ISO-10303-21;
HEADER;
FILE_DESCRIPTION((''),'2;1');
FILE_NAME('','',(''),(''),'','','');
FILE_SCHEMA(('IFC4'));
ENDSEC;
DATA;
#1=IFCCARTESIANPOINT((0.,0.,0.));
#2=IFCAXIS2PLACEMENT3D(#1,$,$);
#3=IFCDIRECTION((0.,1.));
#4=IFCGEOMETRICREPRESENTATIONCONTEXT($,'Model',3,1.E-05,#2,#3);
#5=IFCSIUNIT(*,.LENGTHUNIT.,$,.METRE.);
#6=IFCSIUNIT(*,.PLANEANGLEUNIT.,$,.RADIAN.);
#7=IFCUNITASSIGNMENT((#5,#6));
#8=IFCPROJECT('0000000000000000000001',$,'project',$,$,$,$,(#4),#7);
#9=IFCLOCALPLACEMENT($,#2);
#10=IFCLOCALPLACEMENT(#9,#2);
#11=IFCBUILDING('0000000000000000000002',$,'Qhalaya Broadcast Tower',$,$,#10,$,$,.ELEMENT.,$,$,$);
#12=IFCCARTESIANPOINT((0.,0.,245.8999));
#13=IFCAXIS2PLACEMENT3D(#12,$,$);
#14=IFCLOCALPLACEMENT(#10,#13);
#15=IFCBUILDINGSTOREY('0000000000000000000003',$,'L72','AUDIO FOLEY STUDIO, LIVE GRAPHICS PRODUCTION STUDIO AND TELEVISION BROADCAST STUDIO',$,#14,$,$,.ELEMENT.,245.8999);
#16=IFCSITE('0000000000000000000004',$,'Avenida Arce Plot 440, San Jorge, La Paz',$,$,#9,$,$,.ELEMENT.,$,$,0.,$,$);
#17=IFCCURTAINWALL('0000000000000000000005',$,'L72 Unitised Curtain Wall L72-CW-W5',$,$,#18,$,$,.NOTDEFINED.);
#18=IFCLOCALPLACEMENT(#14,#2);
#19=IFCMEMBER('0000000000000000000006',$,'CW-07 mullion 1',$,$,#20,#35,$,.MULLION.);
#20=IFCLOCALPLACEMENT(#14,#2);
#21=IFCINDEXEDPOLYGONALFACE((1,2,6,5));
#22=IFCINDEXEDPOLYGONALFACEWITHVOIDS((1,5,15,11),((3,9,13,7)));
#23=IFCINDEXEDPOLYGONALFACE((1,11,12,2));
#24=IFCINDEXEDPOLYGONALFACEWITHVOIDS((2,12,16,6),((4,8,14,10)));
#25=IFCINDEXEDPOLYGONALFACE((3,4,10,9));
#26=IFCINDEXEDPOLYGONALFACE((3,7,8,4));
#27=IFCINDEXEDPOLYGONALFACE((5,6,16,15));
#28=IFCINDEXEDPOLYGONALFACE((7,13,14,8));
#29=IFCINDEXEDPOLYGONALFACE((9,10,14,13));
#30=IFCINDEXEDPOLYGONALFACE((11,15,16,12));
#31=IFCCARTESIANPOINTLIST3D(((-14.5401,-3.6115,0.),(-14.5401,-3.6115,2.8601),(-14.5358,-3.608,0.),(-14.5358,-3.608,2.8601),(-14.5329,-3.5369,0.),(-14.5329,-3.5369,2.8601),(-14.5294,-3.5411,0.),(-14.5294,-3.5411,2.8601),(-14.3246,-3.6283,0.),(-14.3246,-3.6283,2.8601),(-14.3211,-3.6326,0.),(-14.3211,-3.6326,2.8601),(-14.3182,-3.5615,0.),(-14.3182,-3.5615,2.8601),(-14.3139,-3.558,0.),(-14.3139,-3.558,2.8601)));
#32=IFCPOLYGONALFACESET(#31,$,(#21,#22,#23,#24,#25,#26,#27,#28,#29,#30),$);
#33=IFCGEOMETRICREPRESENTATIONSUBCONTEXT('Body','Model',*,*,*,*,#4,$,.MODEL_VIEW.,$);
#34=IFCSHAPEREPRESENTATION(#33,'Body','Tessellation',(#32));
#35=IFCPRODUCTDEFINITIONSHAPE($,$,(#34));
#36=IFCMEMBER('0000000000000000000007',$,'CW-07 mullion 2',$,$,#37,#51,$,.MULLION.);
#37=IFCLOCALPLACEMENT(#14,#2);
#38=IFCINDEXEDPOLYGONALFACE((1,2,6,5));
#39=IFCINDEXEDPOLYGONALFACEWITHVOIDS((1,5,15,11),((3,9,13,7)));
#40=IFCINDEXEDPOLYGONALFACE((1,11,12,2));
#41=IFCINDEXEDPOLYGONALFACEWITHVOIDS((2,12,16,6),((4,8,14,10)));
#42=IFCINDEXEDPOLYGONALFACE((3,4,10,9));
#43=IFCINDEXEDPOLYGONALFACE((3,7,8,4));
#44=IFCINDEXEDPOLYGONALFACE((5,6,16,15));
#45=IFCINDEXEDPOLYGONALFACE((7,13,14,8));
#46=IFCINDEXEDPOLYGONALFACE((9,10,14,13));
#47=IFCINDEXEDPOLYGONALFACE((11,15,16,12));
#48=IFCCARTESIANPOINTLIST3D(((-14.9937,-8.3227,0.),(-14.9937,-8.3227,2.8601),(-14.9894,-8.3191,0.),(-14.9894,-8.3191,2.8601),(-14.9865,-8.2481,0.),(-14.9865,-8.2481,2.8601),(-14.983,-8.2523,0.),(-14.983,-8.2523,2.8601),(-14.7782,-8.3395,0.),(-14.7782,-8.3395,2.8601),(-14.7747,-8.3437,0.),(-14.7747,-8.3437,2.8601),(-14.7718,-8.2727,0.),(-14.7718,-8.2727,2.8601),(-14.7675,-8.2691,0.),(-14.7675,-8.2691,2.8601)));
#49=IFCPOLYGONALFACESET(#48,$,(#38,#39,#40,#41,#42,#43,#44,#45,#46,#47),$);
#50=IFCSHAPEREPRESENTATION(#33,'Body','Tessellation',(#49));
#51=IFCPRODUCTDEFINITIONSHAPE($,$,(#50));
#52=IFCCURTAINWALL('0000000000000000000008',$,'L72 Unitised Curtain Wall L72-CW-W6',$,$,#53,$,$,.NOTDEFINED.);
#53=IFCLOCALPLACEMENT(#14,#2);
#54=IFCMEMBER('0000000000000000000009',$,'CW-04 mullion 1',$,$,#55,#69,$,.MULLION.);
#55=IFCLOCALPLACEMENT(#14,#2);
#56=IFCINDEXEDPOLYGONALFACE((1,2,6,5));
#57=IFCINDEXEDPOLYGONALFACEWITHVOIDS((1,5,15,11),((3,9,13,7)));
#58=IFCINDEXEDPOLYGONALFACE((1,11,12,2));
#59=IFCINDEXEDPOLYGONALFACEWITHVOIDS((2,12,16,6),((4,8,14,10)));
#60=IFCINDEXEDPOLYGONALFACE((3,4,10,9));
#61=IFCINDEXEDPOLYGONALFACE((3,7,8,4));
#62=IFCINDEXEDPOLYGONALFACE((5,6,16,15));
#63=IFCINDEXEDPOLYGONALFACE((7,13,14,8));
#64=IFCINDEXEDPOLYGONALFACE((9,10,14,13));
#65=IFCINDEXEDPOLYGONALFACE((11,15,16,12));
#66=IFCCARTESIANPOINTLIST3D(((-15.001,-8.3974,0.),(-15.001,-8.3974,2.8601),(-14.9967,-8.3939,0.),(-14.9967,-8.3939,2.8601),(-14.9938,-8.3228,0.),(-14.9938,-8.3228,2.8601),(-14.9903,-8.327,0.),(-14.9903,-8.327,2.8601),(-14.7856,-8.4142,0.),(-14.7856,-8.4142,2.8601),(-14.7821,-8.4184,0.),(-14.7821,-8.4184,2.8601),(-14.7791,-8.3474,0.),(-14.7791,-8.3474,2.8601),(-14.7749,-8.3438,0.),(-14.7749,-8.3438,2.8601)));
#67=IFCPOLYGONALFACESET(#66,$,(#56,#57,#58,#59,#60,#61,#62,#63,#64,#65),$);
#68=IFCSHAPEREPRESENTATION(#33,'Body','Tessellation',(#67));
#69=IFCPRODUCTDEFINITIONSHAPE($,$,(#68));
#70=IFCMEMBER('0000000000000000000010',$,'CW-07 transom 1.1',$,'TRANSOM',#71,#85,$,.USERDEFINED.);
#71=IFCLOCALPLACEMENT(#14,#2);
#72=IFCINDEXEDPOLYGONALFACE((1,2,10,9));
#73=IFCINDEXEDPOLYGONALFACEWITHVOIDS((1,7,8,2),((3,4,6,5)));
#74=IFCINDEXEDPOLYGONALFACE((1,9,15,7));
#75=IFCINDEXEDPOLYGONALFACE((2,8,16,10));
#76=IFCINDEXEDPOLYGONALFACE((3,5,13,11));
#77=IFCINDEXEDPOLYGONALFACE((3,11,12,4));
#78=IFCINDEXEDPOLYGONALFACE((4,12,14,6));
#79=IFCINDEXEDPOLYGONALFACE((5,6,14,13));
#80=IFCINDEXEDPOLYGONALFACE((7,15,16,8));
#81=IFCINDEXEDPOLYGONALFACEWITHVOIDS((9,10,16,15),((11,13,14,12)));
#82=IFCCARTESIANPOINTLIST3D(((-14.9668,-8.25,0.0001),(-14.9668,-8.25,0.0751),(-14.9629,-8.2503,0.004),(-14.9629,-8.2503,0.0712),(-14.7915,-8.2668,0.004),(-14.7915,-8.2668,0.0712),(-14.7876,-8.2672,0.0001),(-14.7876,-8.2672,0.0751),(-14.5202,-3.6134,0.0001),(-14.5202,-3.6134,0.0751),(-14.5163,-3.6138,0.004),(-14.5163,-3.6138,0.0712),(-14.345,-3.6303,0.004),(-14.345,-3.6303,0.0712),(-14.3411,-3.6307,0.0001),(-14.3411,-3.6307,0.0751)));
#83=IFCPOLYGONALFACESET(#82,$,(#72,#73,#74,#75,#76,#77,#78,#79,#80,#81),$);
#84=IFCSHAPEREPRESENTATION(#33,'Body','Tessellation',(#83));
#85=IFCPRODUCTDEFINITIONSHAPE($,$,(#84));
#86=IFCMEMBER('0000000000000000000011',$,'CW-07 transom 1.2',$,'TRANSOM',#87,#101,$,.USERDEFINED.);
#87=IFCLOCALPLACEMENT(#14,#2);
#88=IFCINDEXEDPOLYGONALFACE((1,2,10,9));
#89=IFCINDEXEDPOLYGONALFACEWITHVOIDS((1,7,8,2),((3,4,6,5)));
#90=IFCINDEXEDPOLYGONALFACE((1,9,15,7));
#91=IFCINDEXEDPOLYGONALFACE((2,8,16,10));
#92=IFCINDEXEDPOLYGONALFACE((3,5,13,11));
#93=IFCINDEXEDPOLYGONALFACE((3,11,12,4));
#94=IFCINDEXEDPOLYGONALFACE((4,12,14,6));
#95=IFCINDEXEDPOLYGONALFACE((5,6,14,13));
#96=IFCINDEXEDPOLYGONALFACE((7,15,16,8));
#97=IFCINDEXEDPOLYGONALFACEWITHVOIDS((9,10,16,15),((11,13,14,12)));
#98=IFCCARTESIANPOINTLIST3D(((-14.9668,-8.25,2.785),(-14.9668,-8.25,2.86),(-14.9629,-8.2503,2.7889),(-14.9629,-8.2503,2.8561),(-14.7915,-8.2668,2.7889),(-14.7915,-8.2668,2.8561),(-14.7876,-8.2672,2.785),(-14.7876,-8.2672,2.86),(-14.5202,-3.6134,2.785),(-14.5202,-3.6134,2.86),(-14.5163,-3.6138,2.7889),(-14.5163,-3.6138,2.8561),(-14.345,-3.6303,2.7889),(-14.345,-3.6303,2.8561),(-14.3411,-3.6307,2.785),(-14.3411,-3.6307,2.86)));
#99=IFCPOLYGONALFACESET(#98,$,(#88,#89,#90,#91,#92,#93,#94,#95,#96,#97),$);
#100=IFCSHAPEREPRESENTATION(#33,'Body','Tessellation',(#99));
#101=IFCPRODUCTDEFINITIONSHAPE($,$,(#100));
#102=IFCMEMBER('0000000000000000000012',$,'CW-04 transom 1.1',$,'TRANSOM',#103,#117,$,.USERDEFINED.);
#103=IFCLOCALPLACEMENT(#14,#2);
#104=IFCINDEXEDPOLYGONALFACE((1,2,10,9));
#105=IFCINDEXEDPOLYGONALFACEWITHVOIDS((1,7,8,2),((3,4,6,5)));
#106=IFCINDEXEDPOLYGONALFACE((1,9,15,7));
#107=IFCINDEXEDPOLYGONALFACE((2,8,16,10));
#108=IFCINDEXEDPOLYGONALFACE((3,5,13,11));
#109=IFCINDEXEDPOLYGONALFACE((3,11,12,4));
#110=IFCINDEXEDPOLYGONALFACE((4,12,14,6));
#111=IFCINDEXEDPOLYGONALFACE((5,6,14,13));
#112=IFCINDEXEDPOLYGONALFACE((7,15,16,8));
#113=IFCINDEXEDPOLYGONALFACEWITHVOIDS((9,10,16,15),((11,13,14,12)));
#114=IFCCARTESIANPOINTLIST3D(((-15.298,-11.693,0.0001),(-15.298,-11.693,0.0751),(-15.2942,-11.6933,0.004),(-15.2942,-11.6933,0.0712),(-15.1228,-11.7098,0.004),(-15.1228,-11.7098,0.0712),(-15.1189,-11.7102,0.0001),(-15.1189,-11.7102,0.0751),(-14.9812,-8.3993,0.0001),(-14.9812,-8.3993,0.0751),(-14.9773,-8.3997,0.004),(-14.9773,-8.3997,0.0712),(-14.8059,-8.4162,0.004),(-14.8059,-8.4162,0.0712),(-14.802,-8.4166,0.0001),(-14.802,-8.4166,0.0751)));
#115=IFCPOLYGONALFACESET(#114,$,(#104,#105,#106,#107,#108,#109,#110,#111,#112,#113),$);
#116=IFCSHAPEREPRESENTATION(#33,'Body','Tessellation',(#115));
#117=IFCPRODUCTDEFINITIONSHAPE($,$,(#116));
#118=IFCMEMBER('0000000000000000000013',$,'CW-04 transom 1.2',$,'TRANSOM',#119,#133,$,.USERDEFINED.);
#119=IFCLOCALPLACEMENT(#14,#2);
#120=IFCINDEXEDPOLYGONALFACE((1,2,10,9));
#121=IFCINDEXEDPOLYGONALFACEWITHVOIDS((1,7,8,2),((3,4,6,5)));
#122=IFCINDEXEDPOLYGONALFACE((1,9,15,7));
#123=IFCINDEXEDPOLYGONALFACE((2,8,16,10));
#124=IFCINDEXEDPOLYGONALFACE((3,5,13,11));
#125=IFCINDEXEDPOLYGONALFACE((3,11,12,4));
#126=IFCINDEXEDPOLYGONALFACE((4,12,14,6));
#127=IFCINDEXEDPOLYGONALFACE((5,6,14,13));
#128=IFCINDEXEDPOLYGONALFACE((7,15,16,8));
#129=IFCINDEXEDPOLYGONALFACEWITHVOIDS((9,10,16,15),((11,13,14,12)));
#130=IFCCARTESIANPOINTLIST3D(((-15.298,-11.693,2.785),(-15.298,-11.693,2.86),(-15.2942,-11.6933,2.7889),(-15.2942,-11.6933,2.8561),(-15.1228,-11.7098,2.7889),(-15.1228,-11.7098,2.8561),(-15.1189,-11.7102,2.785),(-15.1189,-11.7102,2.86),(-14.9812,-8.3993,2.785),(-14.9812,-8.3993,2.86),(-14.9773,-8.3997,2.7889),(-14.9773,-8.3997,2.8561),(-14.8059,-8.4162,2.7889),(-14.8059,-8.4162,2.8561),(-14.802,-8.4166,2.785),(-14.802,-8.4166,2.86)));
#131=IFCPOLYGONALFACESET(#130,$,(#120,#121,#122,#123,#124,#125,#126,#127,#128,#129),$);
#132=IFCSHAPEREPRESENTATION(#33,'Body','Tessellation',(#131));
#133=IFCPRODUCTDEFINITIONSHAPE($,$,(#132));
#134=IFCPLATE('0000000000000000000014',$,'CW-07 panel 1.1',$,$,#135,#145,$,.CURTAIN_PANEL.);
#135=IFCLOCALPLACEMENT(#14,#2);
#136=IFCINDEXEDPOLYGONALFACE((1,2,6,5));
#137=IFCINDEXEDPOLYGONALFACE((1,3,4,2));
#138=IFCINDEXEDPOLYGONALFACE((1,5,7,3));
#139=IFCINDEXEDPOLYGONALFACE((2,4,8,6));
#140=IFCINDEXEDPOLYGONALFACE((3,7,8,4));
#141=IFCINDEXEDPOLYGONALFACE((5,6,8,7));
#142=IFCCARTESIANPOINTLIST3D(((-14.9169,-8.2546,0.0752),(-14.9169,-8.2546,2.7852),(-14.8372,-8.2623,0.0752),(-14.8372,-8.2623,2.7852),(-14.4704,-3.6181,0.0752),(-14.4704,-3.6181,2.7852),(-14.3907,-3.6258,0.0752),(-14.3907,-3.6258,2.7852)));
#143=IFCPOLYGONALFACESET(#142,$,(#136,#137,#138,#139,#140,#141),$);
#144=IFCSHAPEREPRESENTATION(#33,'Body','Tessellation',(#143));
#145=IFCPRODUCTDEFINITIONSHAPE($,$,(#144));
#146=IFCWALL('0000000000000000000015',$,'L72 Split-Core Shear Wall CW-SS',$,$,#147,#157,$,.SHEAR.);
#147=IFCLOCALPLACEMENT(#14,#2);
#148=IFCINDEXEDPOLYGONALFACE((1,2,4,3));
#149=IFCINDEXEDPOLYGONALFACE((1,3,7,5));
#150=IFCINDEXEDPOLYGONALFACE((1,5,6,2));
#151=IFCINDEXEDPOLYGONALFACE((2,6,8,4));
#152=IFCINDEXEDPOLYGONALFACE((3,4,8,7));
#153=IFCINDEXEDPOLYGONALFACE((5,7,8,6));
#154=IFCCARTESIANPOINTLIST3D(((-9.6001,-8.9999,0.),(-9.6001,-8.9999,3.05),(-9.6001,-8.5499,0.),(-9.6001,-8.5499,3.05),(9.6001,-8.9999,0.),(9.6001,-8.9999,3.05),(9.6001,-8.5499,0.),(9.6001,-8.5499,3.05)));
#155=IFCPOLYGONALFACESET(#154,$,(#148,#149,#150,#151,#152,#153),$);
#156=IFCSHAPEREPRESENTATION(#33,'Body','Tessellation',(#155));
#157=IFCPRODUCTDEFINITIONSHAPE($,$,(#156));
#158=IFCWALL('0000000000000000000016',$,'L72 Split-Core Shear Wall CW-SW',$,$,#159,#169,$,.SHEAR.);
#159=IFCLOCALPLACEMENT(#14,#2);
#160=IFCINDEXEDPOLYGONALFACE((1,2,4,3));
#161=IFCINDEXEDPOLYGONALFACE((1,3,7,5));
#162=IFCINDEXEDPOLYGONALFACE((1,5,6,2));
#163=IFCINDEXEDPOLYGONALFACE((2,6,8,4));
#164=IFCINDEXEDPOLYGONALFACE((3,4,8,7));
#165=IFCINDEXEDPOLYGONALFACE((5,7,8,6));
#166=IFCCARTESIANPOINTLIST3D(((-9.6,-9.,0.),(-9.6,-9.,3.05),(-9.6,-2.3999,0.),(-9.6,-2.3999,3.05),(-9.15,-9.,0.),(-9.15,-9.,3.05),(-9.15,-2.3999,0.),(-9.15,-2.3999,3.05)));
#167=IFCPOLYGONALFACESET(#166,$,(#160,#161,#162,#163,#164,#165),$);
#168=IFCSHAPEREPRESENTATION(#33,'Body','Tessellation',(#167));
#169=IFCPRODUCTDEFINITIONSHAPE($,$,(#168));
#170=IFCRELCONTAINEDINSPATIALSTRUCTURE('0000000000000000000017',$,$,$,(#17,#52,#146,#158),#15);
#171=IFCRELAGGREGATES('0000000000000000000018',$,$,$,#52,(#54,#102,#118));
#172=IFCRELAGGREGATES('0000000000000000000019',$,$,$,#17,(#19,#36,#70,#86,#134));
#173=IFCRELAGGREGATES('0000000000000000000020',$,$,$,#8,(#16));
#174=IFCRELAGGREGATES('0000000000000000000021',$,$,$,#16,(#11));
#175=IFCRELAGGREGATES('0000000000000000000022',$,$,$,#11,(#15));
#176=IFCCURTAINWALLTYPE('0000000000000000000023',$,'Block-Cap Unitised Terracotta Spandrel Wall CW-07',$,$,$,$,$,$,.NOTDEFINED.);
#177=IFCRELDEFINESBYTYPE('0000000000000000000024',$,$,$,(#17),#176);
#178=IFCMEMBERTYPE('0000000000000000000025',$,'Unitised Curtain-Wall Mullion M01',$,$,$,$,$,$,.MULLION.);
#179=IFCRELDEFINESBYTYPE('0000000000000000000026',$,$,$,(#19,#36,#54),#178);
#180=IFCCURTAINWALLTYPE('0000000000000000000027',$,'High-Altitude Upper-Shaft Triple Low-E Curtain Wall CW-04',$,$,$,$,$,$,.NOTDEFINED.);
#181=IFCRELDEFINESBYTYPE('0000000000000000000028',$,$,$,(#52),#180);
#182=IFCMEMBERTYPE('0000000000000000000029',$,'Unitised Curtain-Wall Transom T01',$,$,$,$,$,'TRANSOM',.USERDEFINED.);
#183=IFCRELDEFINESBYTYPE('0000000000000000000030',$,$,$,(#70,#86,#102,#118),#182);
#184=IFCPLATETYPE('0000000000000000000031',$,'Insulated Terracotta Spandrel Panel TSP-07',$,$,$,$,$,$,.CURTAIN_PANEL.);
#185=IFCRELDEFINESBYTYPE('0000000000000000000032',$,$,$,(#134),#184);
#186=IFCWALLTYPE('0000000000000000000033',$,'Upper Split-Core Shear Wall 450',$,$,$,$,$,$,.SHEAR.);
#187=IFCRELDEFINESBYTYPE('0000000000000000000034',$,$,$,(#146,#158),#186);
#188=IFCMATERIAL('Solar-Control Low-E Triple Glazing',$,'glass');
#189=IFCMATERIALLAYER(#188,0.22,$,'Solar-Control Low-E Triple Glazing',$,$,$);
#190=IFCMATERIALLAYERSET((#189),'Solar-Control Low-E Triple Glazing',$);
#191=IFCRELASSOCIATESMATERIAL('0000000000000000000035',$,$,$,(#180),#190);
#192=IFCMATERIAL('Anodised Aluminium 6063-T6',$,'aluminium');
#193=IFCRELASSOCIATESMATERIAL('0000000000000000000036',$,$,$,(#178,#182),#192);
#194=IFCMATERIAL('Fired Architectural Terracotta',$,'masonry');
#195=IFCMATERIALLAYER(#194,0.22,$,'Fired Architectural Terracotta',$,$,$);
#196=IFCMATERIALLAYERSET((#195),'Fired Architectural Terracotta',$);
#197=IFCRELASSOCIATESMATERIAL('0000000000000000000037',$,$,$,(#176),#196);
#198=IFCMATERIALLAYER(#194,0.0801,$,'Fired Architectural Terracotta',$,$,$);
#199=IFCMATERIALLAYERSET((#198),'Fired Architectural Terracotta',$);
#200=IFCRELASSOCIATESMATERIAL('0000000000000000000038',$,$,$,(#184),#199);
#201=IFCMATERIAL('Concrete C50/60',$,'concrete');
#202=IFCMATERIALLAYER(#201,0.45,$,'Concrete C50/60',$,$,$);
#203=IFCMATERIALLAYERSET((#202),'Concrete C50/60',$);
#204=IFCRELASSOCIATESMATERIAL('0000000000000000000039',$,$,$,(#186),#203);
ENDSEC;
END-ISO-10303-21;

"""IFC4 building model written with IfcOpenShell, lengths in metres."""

from ifc_helpers import new_model, si_unit, direction, frame, frame_2d, origin, origin_2d, place, context, subcontext, project, spatial, rectangle, hollow_rectangle, extrude, material, layer, layer_set, material_profile, profile_set, type_object, element, aggregate, save


model = new_model("IFC4")

# Units and contexts
model_context = context("Model", 3, precision=1e-05, world=origin(), true_north=direction((0.0, 1.0)))
body_context = subcontext(model_context, "Body", "Model", "MODEL_VIEW")
ifc_project = project(units=[si_unit("LENGTHUNIT", "METRE"), si_unit("PLANEANGLEUNIT", "RADIAN")], contexts=[model_context])

# Site, building, storey
site_placement = place(None, origin())
site = spatial("IfcSite", under=ifc_project, at=site_placement, Name="Avenida Arce Plot 440, San Jorge, La Paz", CompositionType="ELEMENT", RefElevation=0.0)
building_placement = place(site_placement, origin())
building = spatial("IfcBuilding", under=site, at=building_placement, Name="Qhalaya Broadcast Tower", CompositionType="ELEMENT")
storey_placement = place(building_placement, frame((0.0, 0.0, 245.8999)))
storey = spatial("IfcBuildingStorey", under=building, at=storey_placement, Name="L72", Description="AUDIO FOLEY STUDIO, LIVE GRAPHICS PRODUCTION STUDIO AND TELEVISION BROADCAST STUDIO", CompositionType="ELEMENT", Elevation=245.8999)

# Shared definitions
ifc_material_1 = material(Name="Solar-Control Low-E Triple Glazing", Category="glass")
ifc_layer_1 = layer(ifc_material_1, 0.22, Name="Solar-Control Low-E Triple Glazing")
ifc_layer_set_1 = layer_set([ifc_layer_1], Name="Solar-Control Low-E Triple Glazing")
curtain_wall_type_1 = type_object("IfcCurtainWallType", Name="High-Altitude Upper-Shaft Triple Low-E Curtain Wall CW-04", PredefinedType="NOTDEFINED", material=ifc_layer_set_1)
ifc_material_2 = material(Name="Anodised Aluminium 6063-T6", Category="aluminium")
ifc_material_profile_1 = material_profile(ifc_material_2, hollow_rectangle(XDim=0.075, YDim=0.22, WallThickness=0.0039, at=origin_2d()), Name="ALU-MUL 75x220x4")
ifc_profile_set_1 = profile_set([ifc_material_profile_1], Name="Anodised Aluminium 6063-T6")
member_type_1 = type_object("IfcMemberType", Name="Unitised Curtain-Wall Mullion M01", PredefinedType="MULLION", material=ifc_profile_set_1)

# Curtain wall, members
ifc_material_3 = material(Name="Fired Architectural Terracotta", Category="masonry")
ifc_layer_2 = layer(ifc_material_3, 0.22, Name="Fired Architectural Terracotta")
ifc_layer_set_2 = layer_set([ifc_layer_2], Name="Fired Architectural Terracotta")
curtain_wall_type_2 = type_object("IfcCurtainWallType", Name="Block-Cap Unitised Terracotta Spandrel Wall CW-07", PredefinedType="NOTDEFINED", material=ifc_layer_set_2)
curtain_wall_1_placement = place(storey_placement, origin())
curtain_wall_1 = element("IfcCurtainWall", 1, at=curtain_wall_1_placement, inside=storey, type_object=curtain_wall_type_2, Name="L72 Unitised Curtain Wall L72-CW-W5", PredefinedType="NOTDEFINED")
member_1_placement = place(storey_placement, frame((-14.427, -3.5847, 0.0), z_axis=(0.0, 0.0, 1.0), x_axis=(-0.09586, -0.995395, 0.0)))
member_1 = element("IfcMember", 2, at=member_1_placement, type_object=member_type_1, Name="CW-07 mullion 1", PredefinedType="MULLION", context=body_context, shape_type="SweptSolid", body=[
    extrude(hollow_rectangle(XDim=0.075, YDim=0.22, WallThickness=0.0039, at=origin_2d()), origin(), (0.0, 0.0, 1.0), 2.8601),
])
member_2_placement = place(storey_placement, frame((-14.8806, -8.2959, 0.0), z_axis=(0.0, 0.0, 1.0), x_axis=(-0.09586, -0.995395, 0.0)))
member_2 = element("IfcMember", 3, at=member_2_placement, type_object=member_type_1, Name="CW-07 mullion 2", PredefinedType="MULLION", context=body_context, shape_type="SweptSolid", body=[
    extrude(hollow_rectangle(XDim=0.075, YDim=0.22, WallThickness=0.0039, at=origin_2d()), origin(), (0.0, 0.0, 1.0), 2.8601),
])

# Curtain wall, member
curtain_wall_2_placement = place(storey_placement, origin())
curtain_wall_2 = element("IfcCurtainWall", 4, at=curtain_wall_2_placement, inside=storey, type_object=curtain_wall_type_1, Name="L72 Unitised Curtain Wall L72-CW-W6", PredefinedType="NOTDEFINED")
member_3_placement = place(storey_placement, frame((-14.8879, -8.3706, 0.0), z_axis=(0.0, 0.0, 1.0), x_axis=(-0.095839, -0.995397, 0.0)))
member_3 = element("IfcMember", 5, at=member_3_placement, type_object=member_type_1, Name="CW-04 mullion 1", PredefinedType="MULLION", context=body_context, shape_type="SweptSolid", body=[
    extrude(hollow_rectangle(XDim=0.075, YDim=0.22, WallThickness=0.0039, at=origin_2d()), origin(), (0.0, 0.0, 1.0), 2.8601),
])

# Members
ifc_material_profile_2 = material_profile(ifc_material_2, hollow_rectangle(XDim=0.075, YDim=0.1799, WallThickness=0.0039, at=origin_2d()), Name="ALU-TRN 75x180x4")
ifc_profile_set_2 = profile_set([ifc_material_profile_2], Name="Anodised Aluminium 6063-T6")
member_type_2 = type_object("IfcMemberType", Name="Unitised Curtain-Wall Transom T01", ElementType="TRANSOM", PredefinedType="USERDEFINED", material=ifc_profile_set_2)
member_4_placement = place(storey_placement, frame((-14.4307, -3.6221, 0.0376), z_axis=(-0.095865, -0.995394, 0.0), x_axis=(0.0, 0.0, 1.0)))
member_4 = element("IfcMember", 6, at=member_4_placement, type_object=member_type_2, Name="CW-07 transom 1.1", ObjectType="TRANSOM", PredefinedType="USERDEFINED", context=body_context, shape_type="SweptSolid", body=[
    extrude(hollow_rectangle(XDim=0.075, YDim=0.1799, WallThickness=0.0039, at=origin_2d()), origin(), (0.0, 0.0, 1.0), 4.658),
])
member_5_placement = place(storey_placement, frame((-14.4307, -3.6221, 2.8225), z_axis=(-0.095865, -0.995394, 0.0), x_axis=(0.0, 0.0, 1.0)))
member_5 = element("IfcMember", 7, at=member_5_placement, type_object=member_type_2, Name="CW-07 transom 1.2", ObjectType="TRANSOM", PredefinedType="USERDEFINED", context=body_context, shape_type="SweptSolid", body=[
    extrude(hollow_rectangle(XDim=0.075, YDim=0.1799, WallThickness=0.0039, at=origin_2d()), origin(), (0.0, 0.0, 1.0), 4.658),
])
member_6_placement = place(storey_placement, frame((-14.8916, -8.408, 0.0376), z_axis=(-0.09577, -0.995403, 0.0), x_axis=(0.0, 0.0, 1.0)))
member_6 = element("IfcMember", 8, at=member_6_placement, type_object=member_type_2, Name="CW-04 transom 1.1", ObjectType="TRANSOM", PredefinedType="USERDEFINED", context=body_context, shape_type="SweptSolid", body=[
    extrude(hollow_rectangle(XDim=0.075, YDim=0.1799, WallThickness=0.0039, at=origin_2d()), origin(), (0.0, 0.0, 1.0), 3.3088),
])
member_7_placement = place(storey_placement, frame((-14.8916, -8.408, 2.8225), z_axis=(-0.09577, -0.995403, 0.0), x_axis=(0.0, 0.0, 1.0)))
member_7 = element("IfcMember", 9, at=member_7_placement, type_object=member_type_2, Name="CW-04 transom 1.2", ObjectType="TRANSOM", PredefinedType="USERDEFINED", context=body_context, shape_type="SweptSolid", body=[
    extrude(hollow_rectangle(XDim=0.075, YDim=0.1799, WallThickness=0.0039, at=origin_2d()), origin(), (0.0, 0.0, 1.0), 3.3088),
])
aggregate(curtain_wall_2, [member_3, member_6, member_7])

# Plate
ifc_layer_3 = layer(ifc_material_3, 0.0801, Name="Fired Architectural Terracotta")
ifc_layer_set_3 = layer_set([ifc_layer_3], Name="Fired Architectural Terracotta")
plate_type = type_object("IfcPlateType", Name="Insulated Terracotta Spandrel Panel TSP-07", PredefinedType="CURTAIN_PANEL", material=ifc_layer_set_3)
plate_placement = place(storey_placement, frame((-14.6538, -5.9402, 0.0752), z_axis=(0.0, 0.0, 1.0), x_axis=(-0.09586, -0.995395, 0.0)))
plate = element("IfcPlate", 10, at=plate_placement, type_object=plate_type, Name="CW-07 panel 1.1", PredefinedType="CURTAIN_PANEL", context=body_context, shape_type="SweptSolid", body=[
    extrude(rectangle(XDim=4.658, YDim=0.0801, at=origin_2d()), origin(), (0.0, 0.0, 1.0), 2.71),
])
aggregate(curtain_wall_1, [member_1, member_2, member_4, member_5, plate])

# Wall
ifc_material_4 = material(Name="Concrete C50/60", Category="concrete")
ifc_layer_4 = layer(ifc_material_4, 0.45, Name="Concrete C50/60")
ifc_layer_set_4 = layer_set([ifc_layer_4], Name="Concrete C50/60")
wall_type = type_object("IfcWallType", Name="Upper Split-Core Shear Wall 450", PredefinedType="SHEAR", material=ifc_layer_set_4)
wall_1_placement = place(storey_placement, frame((-9.6001, -8.7749, 0.0), z_axis=(0.0, 0.0, 1.0), x_axis=(1.0, 0.0, 0.0)))
element("IfcWall", 11, at=wall_1_placement, inside=storey, type_object=wall_type, Name="L72 Split-Core Shear Wall CW-SS", PredefinedType="SHEAR", context=body_context, shape_type="SweptSolid", body=[
    extrude(rectangle(XDim=19.2002, YDim=0.45, at=frame_2d((9.6001, 0.0))), origin(), (0.0, 0.0, 1.0), 3.05),
])

# Wall
wall_2_placement = place(storey_placement, frame((-9.375, -9.0, 0.0), z_axis=(0.0, 0.0, 1.0), x_axis=(0.0, 1.0, 0.0)))
element("IfcWall", 12, at=wall_2_placement, inside=storey, type_object=wall_type, Name="L72 Split-Core Shear Wall CW-SW", PredefinedType="SHEAR", context=body_context, shape_type="SweptSolid", body=[
    extrude(rectangle(XDim=6.6001, YDim=0.45, at=frame_2d((3.3, 0.0))), origin(), (0.0, 0.0, 1.0), 3.05),
])

save(model, "model.ifc")
